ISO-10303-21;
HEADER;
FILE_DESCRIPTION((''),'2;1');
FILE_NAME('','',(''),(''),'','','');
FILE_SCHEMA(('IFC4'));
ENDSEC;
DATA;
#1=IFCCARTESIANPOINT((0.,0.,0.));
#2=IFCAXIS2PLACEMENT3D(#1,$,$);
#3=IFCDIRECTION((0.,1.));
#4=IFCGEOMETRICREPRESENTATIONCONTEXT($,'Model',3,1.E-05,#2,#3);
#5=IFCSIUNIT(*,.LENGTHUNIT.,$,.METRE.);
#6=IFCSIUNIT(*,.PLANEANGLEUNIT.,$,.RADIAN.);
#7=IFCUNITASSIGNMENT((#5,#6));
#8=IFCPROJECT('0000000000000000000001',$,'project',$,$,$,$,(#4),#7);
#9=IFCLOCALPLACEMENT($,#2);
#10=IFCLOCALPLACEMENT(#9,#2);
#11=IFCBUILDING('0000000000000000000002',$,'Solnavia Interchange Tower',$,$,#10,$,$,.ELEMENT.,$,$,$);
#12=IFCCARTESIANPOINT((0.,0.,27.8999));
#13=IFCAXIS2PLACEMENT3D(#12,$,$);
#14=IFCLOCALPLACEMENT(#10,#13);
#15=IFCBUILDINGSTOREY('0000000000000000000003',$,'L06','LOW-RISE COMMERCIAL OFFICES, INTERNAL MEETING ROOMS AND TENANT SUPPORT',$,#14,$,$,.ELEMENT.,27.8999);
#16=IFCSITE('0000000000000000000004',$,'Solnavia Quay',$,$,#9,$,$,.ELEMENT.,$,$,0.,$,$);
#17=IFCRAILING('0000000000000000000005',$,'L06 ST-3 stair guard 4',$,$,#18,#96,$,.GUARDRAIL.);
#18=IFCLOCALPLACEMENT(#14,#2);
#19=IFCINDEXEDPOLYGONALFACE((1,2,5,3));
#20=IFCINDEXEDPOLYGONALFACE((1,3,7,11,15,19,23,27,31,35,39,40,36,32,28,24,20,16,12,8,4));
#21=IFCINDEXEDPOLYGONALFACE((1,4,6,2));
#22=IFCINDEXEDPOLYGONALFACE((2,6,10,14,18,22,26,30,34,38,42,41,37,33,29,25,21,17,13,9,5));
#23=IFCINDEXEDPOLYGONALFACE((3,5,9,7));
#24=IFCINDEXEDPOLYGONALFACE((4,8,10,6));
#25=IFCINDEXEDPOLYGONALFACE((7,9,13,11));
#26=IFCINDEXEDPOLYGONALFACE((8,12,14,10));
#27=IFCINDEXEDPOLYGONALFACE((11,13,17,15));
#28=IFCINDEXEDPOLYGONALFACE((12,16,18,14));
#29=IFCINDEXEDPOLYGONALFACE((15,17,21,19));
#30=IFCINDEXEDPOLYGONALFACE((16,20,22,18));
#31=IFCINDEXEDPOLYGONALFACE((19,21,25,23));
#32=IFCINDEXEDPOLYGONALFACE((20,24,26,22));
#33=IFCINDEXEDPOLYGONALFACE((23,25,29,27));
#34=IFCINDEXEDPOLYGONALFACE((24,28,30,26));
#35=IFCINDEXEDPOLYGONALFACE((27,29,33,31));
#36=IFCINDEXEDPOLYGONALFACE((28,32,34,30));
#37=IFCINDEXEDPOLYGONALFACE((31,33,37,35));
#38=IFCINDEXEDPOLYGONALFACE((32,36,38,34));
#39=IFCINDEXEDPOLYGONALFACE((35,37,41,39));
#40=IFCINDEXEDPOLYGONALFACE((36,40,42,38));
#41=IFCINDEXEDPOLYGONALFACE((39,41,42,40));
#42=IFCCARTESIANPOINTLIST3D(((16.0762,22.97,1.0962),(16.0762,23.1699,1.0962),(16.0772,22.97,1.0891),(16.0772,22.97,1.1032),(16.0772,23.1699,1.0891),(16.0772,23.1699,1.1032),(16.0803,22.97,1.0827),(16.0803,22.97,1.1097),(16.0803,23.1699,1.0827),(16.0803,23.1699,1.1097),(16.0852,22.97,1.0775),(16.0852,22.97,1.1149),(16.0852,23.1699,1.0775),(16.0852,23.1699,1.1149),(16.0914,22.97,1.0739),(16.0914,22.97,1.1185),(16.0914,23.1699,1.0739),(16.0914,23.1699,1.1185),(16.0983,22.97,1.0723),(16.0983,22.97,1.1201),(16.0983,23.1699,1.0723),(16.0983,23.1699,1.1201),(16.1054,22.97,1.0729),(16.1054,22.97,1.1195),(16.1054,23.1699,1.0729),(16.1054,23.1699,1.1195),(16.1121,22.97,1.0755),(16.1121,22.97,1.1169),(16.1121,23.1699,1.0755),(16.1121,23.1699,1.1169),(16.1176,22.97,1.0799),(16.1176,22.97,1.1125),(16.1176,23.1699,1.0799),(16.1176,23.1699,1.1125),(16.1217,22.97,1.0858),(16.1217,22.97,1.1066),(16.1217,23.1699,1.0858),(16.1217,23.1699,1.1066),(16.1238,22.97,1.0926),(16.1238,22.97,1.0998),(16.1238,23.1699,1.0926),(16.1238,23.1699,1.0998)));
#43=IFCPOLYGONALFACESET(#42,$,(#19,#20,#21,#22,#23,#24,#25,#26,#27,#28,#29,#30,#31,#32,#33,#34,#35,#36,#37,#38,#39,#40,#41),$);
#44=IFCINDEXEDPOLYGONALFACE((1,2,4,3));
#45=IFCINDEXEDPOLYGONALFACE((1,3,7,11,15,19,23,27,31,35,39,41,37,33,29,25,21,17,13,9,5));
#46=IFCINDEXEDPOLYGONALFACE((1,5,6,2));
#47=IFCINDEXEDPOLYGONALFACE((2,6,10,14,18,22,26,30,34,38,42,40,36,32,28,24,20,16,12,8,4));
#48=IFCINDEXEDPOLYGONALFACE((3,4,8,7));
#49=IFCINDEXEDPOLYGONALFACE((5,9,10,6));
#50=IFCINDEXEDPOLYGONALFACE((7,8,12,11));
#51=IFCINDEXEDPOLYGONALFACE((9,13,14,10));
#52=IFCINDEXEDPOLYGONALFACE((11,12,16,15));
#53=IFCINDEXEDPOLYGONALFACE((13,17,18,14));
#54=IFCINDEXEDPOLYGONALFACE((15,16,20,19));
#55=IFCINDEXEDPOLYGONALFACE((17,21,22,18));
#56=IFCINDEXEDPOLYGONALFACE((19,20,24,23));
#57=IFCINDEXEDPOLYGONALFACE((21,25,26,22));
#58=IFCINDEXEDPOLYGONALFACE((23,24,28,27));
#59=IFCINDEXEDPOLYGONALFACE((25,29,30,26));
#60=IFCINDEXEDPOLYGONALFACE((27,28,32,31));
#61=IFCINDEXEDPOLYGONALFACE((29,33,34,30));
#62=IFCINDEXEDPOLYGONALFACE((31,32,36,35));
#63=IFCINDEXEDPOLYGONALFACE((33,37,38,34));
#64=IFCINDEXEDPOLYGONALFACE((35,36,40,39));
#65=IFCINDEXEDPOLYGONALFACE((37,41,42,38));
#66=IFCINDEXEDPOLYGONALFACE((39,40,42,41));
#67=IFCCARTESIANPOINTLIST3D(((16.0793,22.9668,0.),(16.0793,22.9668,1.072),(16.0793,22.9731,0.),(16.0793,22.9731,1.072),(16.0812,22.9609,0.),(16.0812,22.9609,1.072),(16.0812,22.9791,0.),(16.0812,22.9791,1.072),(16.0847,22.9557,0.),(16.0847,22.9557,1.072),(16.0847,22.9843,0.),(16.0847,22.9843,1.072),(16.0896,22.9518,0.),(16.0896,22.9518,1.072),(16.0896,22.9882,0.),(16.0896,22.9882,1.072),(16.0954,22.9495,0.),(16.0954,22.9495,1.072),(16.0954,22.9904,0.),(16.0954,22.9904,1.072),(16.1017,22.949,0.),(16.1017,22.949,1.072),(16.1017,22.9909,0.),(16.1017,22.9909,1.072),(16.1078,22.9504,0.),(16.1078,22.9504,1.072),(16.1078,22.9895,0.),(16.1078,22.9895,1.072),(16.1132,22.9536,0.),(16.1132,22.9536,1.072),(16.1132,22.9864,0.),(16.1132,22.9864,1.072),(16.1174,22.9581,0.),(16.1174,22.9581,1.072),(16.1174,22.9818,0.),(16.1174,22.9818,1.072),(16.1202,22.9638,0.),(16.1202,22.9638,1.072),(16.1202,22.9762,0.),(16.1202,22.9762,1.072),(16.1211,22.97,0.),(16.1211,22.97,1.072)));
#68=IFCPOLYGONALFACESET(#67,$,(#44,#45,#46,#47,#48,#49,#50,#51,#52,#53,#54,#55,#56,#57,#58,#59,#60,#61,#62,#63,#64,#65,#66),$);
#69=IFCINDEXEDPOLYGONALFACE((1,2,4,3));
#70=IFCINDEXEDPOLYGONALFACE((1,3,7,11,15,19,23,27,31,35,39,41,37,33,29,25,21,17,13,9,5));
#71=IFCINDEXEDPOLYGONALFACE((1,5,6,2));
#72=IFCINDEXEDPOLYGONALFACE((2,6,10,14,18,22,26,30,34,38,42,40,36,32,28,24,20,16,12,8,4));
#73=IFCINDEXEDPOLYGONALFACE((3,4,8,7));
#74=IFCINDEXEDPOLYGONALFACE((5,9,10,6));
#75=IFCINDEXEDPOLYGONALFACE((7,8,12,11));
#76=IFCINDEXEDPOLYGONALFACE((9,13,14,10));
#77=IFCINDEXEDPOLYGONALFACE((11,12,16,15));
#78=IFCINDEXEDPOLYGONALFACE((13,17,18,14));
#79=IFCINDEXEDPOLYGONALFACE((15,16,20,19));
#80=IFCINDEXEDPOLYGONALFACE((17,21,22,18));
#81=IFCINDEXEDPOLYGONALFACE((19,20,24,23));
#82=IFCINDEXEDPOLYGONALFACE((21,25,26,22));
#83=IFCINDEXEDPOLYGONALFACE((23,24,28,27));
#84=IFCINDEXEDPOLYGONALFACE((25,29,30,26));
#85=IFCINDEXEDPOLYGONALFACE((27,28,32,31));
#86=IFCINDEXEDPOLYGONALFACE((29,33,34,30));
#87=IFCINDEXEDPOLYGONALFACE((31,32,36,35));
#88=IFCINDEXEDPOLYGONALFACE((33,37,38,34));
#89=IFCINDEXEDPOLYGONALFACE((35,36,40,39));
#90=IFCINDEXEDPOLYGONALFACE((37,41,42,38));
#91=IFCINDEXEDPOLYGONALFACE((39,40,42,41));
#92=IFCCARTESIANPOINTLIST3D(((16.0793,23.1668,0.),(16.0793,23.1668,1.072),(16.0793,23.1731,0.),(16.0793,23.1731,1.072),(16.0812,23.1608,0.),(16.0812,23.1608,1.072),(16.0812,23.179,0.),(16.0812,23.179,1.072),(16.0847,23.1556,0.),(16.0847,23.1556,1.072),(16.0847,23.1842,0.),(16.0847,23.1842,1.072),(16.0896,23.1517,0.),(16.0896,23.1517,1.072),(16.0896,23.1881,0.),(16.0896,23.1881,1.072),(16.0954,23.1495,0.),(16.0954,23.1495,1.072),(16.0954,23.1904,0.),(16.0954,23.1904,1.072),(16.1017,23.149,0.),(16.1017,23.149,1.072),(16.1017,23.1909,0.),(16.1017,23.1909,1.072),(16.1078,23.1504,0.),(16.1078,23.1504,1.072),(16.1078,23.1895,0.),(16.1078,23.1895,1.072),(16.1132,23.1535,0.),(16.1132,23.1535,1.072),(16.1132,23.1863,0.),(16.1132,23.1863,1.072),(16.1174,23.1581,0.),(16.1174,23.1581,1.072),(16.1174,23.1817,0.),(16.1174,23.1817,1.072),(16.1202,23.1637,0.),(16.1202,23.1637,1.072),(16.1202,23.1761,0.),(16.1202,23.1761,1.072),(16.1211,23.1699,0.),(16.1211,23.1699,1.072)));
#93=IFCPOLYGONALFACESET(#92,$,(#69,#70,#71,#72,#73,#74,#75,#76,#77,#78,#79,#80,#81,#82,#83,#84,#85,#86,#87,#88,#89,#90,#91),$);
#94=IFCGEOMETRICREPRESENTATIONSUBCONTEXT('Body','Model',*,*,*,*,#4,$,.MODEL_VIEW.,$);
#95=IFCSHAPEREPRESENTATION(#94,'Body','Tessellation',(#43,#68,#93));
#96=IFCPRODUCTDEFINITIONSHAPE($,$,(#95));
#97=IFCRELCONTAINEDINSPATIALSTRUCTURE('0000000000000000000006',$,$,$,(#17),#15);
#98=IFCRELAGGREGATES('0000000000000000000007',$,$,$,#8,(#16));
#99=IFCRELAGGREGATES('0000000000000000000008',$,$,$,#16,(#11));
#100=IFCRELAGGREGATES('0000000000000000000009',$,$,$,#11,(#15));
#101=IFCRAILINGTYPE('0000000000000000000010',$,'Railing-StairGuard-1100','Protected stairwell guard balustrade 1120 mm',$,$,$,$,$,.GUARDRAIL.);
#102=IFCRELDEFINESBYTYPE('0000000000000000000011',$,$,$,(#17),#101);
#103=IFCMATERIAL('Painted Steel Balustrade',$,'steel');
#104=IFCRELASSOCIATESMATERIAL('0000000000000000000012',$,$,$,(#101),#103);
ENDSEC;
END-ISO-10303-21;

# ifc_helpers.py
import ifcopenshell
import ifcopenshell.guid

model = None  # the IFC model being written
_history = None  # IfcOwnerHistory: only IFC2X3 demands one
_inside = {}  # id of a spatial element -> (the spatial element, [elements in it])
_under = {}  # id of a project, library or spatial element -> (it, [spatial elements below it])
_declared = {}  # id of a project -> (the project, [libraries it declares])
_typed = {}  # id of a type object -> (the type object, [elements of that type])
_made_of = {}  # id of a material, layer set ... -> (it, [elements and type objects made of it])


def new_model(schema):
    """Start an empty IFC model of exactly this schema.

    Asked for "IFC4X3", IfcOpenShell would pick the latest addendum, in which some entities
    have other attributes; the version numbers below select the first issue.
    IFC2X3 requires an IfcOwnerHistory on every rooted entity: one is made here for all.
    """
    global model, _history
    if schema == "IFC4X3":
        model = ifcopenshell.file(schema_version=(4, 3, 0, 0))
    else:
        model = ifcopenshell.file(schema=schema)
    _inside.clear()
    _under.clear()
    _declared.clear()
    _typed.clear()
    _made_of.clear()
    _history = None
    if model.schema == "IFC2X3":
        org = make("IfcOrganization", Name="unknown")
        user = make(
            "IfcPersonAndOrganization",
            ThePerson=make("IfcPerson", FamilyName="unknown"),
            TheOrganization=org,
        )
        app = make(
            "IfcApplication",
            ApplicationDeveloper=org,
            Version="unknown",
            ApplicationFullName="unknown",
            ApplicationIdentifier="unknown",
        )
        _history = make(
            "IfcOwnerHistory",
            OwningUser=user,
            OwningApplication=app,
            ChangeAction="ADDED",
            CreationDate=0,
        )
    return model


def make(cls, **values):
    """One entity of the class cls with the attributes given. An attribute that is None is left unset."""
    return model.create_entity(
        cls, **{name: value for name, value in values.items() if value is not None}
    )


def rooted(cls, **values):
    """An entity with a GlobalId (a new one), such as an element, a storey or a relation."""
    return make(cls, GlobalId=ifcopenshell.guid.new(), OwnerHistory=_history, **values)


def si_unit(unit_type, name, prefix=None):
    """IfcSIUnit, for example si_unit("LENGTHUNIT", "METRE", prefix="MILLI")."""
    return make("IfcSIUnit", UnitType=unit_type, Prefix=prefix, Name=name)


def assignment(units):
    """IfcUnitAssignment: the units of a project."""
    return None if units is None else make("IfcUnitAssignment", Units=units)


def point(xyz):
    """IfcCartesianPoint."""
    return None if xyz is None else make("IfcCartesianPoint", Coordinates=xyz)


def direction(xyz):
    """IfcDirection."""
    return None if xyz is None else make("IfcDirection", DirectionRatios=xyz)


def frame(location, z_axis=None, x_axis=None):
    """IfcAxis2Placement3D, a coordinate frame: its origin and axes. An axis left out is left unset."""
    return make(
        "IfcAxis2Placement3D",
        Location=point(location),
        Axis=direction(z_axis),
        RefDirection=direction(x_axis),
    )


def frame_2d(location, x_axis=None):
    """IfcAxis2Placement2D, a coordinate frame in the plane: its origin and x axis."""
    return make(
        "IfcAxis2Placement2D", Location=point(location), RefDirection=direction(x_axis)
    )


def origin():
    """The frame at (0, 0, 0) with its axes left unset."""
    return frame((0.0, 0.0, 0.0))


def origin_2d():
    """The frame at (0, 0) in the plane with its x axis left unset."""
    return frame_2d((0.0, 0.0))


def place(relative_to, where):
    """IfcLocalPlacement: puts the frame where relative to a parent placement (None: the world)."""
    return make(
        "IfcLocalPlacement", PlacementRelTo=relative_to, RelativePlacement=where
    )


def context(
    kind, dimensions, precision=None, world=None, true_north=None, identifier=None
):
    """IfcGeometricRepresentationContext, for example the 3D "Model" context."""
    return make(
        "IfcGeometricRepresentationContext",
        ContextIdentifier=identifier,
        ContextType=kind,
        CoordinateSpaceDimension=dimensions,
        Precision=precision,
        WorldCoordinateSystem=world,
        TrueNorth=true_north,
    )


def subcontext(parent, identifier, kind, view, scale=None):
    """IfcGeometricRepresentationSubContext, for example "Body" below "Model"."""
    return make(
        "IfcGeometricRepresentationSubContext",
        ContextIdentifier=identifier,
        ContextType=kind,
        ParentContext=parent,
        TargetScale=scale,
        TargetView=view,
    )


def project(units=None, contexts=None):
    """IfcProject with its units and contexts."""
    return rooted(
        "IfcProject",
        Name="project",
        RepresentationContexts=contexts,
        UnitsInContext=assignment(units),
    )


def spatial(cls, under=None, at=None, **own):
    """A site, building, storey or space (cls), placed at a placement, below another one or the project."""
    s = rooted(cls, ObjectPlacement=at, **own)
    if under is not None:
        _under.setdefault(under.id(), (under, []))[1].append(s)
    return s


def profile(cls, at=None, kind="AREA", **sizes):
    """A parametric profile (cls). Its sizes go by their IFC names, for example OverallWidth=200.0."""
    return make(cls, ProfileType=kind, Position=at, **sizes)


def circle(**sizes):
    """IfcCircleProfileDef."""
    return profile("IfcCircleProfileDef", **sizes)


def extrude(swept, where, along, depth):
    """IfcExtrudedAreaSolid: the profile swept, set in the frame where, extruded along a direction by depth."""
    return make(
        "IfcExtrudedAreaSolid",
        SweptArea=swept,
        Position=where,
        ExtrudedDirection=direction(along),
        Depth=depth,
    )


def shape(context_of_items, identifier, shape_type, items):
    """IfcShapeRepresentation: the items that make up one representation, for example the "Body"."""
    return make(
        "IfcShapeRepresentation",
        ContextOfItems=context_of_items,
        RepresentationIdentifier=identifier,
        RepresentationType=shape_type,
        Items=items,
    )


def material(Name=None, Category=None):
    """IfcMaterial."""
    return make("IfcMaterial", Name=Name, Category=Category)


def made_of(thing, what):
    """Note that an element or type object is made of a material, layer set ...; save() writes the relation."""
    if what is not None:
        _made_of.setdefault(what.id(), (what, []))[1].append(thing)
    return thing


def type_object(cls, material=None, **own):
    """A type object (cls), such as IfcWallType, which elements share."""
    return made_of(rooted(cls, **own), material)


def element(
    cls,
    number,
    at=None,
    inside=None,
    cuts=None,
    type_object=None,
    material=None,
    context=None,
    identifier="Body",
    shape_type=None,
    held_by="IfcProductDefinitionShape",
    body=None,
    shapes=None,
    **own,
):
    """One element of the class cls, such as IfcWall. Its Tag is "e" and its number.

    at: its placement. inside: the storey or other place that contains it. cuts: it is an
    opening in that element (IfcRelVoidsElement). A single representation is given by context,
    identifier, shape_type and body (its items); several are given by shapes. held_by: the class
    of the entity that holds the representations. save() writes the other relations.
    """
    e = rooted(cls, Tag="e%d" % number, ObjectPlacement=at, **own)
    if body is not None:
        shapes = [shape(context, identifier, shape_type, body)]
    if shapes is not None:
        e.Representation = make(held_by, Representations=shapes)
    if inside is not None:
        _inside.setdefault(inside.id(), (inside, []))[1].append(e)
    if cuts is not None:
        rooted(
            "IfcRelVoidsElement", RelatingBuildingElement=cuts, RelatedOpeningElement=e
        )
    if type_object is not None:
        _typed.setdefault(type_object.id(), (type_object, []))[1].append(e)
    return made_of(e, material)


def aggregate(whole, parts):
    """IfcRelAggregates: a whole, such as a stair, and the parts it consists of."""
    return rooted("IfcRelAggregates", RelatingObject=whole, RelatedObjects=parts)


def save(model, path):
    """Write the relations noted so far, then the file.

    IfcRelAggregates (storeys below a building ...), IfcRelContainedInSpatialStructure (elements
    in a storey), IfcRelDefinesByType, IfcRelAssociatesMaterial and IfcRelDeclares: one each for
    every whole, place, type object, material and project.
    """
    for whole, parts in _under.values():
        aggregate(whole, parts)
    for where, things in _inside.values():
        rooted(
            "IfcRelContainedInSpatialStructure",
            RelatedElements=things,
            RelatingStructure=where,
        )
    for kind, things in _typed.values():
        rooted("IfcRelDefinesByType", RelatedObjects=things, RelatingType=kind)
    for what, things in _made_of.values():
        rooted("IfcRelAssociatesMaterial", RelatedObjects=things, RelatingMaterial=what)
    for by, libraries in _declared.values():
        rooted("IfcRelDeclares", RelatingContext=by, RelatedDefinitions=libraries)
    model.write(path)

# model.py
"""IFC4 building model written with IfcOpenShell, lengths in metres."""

from ifc_helpers import new_model, si_unit, direction, frame, origin, origin_2d, place, context, subcontext, project, spatial, circle, extrude, material, type_object, element, save


model = new_model("IFC4")

# Units and contexts
model_context = context("Model", 3, precision=1e-05, world=origin(), true_north=direction((0.0, 1.0)))
body_context = subcontext(model_context, "Body", "Model", "MODEL_VIEW")
ifc_project = project(units=[si_unit("LENGTHUNIT", "METRE"), si_unit("PLANEANGLEUNIT", "RADIAN")], contexts=[model_context])

# Site, building, storey
site_placement = place(None, origin())
site = spatial("IfcSite", under=ifc_project, at=site_placement, Name="Solnavia Quay", CompositionType="ELEMENT", RefElevation=0.0)
building_placement = place(site_placement, origin())
building = spatial("IfcBuilding", under=site, at=building_placement, Name="Solnavia Interchange Tower", CompositionType="ELEMENT")
storey_placement = place(building_placement, frame((0.0, 0.0, 27.8999)))
storey = spatial("IfcBuildingStorey", under=building, at=storey_placement, Name="L06", Description="LOW-RISE COMMERCIAL OFFICES, INTERNAL MEETING ROOMS AND TENANT SUPPORT", CompositionType="ELEMENT", Elevation=27.8999)

# Railing
ifc_material_1 = material(Name="Painted Steel Balustrade", Category="steel")
railing_type_1 = type_object("IfcRailingType", Name="Railing-StairGuard-1100", Description="Protected stairwell guard balustrade 1120 mm", PredefinedType="GUARDRAIL", material=ifc_material_1)
railing_1_placement = place(storey_placement, frame((16.1001, 22.97, 0.0)))
element("IfcRailing", 1, at=railing_1_placement, inside=storey, type_object=railing_type_1, Name="L06 ST-3 stair guard 4", PredefinedType="GUARDRAIL", context=body_context, shape_type="SweptSolid", body=[
    extrude(circle(Radius=0.0239, at=origin_2d()), frame((0.0, 0.0, 1.0962), z_axis=(0.0, 1.0, 0.0), x_axis=(-1.0, 0.0, 0.0)), (0.0, 0.0, 1.0), 0.2),
    extrude(circle(Radius=0.021, at=origin_2d()), origin(), (0.0, 0.0, 1.0), 1.072),
    extrude(circle(Radius=0.021, at=origin_2d()), frame((0.0, 0.2, 0.0)), (0.0, 0.0, 1.0), 1.072),
])

save(model, "model.ifc")
